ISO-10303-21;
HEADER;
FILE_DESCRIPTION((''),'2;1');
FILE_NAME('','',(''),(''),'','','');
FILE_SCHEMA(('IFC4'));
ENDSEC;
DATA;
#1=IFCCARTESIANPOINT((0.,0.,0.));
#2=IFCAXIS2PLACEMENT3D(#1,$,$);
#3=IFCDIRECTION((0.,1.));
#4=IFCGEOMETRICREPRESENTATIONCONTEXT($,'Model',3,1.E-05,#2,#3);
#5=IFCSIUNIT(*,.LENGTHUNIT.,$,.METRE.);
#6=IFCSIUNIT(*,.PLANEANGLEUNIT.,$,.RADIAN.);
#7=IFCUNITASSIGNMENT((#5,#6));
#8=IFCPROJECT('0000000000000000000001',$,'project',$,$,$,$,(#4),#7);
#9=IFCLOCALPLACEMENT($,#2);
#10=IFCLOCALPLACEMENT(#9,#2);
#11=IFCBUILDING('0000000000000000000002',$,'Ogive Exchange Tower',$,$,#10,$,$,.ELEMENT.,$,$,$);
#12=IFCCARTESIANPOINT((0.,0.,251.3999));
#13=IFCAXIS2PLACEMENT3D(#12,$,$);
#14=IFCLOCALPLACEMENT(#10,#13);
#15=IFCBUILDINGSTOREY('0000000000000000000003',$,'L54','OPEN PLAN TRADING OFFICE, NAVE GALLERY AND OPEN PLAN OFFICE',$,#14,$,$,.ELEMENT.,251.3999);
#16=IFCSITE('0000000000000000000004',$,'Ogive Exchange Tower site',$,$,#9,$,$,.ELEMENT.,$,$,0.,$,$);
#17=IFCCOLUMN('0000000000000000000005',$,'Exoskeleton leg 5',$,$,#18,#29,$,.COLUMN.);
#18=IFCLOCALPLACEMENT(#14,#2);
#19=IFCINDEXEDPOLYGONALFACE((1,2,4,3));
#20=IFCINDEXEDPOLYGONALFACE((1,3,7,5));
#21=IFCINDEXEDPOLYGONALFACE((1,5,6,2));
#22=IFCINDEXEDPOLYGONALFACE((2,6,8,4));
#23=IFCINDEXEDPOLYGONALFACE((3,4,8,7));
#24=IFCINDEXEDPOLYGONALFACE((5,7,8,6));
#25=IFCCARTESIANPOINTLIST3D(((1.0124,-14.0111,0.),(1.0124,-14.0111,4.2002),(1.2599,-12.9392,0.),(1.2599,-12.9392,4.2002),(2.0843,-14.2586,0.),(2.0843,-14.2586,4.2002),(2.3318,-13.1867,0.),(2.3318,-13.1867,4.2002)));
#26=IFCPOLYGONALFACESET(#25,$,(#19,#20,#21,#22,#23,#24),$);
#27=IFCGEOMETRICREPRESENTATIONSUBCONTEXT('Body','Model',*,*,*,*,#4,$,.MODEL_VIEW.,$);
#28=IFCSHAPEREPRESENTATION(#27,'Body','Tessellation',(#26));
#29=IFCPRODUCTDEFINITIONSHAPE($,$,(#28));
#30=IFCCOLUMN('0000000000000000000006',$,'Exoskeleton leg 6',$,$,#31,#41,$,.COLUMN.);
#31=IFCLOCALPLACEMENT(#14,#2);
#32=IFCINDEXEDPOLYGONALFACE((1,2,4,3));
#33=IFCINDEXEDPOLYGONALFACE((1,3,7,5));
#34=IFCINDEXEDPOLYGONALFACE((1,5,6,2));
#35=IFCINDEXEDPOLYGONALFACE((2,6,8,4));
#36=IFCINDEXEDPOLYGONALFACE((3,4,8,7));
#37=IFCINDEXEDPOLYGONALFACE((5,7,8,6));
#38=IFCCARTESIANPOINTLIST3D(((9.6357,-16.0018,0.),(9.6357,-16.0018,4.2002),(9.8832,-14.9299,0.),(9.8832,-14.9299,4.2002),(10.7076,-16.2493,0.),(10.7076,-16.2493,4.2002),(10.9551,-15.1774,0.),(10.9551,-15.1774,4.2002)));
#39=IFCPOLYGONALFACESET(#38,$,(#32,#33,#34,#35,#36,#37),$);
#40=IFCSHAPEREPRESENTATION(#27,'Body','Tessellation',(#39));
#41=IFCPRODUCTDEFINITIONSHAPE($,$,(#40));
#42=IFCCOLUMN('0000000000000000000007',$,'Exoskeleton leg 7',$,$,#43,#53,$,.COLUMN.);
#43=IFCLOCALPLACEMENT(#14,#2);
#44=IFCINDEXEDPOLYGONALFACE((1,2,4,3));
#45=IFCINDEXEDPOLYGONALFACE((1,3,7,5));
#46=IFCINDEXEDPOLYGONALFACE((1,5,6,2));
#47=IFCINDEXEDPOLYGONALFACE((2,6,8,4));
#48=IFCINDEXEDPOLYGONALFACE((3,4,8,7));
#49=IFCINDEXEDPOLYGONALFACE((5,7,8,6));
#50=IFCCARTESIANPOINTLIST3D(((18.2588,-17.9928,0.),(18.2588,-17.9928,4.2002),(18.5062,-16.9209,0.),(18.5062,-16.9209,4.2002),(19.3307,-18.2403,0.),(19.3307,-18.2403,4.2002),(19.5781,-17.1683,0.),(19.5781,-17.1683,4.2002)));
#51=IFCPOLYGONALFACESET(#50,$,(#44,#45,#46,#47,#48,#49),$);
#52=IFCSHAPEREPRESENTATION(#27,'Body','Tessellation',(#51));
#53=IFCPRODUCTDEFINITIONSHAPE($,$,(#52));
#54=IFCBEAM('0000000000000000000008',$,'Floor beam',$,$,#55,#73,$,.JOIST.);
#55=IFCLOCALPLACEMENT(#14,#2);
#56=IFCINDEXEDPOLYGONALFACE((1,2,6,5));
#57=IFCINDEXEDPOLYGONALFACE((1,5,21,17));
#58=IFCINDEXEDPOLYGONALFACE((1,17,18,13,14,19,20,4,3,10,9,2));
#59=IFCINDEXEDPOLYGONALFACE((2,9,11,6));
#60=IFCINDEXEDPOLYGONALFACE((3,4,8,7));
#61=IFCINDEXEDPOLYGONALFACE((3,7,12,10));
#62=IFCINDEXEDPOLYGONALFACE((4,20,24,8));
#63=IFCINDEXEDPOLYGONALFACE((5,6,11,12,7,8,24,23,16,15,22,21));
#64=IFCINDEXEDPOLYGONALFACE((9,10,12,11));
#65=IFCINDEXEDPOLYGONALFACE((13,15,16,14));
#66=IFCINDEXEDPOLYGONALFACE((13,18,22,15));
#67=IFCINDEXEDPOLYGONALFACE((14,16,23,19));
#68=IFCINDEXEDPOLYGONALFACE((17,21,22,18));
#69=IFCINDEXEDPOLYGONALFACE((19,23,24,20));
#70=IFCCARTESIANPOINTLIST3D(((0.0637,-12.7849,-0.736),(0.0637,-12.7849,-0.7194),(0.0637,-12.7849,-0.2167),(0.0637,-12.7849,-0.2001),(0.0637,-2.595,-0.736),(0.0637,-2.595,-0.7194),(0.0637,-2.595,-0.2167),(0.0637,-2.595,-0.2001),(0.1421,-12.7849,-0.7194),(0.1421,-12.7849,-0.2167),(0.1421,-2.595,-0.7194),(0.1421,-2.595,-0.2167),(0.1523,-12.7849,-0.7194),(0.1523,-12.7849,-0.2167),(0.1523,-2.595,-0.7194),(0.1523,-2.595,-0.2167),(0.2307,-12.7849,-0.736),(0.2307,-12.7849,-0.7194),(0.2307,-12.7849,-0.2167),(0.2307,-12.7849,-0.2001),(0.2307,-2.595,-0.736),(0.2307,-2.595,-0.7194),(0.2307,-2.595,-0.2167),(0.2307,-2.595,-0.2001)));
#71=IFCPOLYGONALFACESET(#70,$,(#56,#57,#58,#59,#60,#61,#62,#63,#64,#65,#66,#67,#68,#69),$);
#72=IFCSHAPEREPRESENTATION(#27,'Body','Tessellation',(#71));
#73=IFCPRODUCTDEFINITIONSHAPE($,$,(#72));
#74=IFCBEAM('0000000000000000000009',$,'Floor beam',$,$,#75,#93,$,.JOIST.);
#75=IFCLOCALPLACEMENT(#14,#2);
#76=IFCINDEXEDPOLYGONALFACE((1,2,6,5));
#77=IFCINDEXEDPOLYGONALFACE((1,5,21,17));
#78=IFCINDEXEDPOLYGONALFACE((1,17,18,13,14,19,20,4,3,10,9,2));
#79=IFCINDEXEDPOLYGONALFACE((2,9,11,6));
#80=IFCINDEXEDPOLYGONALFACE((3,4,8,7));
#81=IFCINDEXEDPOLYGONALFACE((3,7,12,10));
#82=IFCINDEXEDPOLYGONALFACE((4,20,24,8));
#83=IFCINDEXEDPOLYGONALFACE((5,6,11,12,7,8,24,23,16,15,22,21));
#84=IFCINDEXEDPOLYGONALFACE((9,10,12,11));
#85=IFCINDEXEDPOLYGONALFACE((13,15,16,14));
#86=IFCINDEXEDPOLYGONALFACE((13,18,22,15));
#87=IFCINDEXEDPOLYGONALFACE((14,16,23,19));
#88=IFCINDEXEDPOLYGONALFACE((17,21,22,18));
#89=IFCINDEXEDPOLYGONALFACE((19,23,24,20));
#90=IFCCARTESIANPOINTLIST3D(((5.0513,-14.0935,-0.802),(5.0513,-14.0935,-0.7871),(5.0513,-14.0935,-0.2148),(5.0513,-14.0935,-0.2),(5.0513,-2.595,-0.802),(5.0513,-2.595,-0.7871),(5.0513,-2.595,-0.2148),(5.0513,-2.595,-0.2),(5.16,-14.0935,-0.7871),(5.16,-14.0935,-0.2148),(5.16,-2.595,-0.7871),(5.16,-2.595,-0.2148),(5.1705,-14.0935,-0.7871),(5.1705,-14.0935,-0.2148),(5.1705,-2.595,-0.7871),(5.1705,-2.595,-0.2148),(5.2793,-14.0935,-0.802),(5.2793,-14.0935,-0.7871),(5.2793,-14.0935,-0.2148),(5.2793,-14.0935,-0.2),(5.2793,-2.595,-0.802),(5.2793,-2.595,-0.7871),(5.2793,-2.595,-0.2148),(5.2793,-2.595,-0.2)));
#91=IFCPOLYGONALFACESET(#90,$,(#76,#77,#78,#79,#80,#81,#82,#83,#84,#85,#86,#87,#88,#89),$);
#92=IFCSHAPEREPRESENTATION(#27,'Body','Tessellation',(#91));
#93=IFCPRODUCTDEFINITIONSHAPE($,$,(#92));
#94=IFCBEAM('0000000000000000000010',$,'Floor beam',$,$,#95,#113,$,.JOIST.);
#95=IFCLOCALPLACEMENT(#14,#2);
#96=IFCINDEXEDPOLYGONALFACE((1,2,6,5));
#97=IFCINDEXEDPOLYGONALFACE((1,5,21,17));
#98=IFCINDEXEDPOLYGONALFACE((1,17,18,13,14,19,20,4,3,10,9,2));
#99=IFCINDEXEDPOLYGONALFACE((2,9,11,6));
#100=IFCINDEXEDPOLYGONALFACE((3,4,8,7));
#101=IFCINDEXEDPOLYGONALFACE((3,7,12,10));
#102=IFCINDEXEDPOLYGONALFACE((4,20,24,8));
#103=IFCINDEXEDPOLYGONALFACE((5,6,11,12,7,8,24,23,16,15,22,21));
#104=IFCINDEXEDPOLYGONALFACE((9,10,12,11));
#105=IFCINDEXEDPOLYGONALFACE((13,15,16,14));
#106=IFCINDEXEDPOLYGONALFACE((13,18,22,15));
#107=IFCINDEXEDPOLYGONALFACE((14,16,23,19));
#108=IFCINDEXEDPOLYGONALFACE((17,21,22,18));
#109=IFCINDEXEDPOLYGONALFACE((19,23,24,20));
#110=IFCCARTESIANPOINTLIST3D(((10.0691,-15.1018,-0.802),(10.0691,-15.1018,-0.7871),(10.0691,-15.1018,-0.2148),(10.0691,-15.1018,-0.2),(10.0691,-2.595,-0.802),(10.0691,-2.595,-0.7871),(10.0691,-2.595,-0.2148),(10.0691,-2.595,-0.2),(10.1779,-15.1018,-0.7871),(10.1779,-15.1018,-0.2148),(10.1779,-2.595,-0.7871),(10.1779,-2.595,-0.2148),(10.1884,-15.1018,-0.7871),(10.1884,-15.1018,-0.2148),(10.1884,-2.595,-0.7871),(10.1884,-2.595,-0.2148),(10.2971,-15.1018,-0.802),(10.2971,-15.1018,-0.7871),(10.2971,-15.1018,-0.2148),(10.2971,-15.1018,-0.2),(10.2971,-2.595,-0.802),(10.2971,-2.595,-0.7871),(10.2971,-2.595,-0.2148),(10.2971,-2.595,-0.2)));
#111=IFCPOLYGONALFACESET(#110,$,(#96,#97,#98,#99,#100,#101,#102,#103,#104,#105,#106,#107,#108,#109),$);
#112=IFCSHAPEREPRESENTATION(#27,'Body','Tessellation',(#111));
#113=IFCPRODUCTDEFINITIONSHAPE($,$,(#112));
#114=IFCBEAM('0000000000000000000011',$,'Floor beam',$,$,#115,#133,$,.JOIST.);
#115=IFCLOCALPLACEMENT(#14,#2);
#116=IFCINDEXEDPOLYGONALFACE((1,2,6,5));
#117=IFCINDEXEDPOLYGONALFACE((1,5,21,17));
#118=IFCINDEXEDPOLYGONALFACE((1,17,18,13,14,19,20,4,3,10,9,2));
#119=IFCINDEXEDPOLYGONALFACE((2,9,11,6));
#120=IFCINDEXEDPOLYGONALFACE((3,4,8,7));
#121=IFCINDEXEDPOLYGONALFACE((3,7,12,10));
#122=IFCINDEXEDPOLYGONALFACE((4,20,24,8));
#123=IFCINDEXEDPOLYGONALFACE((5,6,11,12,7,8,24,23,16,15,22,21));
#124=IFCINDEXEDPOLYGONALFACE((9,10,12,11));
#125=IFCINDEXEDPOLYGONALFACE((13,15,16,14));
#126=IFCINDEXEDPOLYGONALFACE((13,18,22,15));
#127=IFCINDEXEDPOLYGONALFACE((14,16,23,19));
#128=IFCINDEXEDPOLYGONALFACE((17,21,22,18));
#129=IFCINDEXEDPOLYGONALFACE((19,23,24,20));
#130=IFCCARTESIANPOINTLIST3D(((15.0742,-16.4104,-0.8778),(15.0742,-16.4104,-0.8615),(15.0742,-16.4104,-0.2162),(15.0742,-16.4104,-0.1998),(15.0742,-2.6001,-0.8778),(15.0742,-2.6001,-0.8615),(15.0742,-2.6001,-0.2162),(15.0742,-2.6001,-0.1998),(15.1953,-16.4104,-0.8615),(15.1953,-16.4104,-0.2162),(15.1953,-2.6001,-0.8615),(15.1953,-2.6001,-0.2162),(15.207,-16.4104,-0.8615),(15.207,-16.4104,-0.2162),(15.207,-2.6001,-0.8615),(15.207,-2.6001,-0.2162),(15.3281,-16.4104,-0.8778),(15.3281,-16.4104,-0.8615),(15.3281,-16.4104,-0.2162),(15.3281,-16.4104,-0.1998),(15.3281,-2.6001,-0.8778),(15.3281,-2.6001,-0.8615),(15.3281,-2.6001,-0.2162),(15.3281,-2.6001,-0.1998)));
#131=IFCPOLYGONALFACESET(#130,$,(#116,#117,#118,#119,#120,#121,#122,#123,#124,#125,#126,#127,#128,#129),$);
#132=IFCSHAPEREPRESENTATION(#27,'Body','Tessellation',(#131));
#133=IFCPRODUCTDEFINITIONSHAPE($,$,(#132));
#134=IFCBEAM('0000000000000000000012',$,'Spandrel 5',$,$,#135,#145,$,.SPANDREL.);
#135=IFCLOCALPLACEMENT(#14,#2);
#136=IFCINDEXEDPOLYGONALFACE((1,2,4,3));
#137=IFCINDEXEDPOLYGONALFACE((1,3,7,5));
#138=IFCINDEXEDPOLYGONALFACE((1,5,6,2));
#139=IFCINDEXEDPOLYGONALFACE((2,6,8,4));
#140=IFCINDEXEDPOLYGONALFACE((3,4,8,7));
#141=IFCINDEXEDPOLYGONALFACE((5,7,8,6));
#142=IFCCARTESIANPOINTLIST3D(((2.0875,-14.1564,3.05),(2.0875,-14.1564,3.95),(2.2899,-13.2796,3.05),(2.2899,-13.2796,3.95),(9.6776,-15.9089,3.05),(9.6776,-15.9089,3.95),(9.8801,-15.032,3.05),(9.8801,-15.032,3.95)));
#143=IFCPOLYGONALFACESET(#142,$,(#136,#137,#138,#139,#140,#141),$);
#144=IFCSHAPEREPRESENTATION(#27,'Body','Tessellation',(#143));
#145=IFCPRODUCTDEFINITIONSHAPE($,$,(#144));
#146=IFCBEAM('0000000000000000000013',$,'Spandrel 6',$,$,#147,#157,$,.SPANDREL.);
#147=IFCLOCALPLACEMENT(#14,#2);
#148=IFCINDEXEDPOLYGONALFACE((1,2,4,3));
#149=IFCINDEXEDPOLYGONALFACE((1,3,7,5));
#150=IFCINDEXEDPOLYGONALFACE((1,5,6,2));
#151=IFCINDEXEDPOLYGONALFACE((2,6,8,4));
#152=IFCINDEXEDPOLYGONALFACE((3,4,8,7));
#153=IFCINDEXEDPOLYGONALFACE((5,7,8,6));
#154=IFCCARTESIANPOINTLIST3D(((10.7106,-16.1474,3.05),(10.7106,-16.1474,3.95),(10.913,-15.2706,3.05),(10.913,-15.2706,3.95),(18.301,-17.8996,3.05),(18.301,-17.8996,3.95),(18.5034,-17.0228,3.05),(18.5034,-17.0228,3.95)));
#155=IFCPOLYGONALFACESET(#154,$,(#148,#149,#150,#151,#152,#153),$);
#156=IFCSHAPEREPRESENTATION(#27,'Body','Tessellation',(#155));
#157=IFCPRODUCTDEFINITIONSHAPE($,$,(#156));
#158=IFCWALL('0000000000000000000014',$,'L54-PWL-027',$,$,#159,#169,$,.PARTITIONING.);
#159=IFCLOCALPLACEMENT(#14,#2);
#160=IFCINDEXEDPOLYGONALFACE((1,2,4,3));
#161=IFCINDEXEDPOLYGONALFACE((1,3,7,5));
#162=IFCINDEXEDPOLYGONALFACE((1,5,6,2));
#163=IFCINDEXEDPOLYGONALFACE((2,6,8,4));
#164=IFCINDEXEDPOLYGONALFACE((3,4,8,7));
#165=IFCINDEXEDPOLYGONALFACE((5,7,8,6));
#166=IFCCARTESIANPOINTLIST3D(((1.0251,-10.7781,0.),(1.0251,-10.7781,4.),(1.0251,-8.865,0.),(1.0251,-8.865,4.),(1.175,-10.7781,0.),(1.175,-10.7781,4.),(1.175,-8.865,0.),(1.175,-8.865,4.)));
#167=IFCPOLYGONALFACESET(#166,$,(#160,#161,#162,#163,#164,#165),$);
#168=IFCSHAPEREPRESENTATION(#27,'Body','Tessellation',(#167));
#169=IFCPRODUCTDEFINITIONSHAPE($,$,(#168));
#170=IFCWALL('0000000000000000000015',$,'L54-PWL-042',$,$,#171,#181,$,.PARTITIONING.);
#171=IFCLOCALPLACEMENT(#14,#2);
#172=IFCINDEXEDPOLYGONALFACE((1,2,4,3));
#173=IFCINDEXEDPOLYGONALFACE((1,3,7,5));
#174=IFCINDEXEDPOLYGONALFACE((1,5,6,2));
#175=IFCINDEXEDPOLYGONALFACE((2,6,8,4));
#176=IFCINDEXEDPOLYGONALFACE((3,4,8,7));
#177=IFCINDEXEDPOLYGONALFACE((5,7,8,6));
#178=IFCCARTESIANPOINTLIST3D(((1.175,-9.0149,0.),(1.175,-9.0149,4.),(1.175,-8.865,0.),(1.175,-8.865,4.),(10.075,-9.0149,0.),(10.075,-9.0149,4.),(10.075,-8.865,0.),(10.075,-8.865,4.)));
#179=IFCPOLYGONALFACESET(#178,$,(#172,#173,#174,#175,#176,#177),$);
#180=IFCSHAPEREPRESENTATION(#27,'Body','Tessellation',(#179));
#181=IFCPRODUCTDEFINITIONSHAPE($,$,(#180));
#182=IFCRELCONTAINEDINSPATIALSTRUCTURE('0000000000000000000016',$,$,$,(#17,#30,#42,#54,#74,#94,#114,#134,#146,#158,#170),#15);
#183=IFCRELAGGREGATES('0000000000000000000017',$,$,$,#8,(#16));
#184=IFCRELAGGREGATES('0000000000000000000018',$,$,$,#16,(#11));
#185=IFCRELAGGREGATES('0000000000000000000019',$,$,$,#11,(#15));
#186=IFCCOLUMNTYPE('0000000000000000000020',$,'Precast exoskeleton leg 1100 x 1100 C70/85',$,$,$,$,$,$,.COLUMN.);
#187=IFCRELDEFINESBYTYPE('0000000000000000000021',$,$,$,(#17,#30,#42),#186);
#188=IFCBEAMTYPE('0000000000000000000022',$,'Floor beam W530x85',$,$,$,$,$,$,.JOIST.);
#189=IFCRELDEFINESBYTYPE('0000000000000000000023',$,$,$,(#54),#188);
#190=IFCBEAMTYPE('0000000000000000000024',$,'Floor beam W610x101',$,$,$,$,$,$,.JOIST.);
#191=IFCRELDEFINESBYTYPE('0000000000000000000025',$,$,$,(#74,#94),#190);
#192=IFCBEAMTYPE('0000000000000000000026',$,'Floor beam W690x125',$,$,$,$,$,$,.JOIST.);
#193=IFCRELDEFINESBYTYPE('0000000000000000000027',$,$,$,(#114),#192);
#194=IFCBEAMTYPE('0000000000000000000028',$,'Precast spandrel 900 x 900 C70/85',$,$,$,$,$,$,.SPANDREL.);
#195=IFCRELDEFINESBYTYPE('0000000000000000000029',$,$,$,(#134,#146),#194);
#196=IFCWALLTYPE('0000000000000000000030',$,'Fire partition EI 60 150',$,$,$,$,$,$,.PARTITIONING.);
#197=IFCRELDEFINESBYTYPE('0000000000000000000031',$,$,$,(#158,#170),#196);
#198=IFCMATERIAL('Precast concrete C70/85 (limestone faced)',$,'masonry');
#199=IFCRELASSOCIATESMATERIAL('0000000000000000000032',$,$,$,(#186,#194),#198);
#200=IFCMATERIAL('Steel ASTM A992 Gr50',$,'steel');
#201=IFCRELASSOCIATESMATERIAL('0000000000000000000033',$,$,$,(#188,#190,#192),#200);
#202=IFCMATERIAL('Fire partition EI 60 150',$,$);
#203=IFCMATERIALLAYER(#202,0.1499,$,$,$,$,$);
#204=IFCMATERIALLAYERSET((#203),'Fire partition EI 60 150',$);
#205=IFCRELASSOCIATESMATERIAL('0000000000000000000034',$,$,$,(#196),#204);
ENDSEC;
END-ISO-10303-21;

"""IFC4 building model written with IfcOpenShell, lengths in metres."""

from ifc_helpers import new_model, si_unit, direction, frame, frame_2d, origin, origin_2d, place, context, subcontext, project, spatial, rectangle, i_section, extrude, material, layer, layer_set, material_profile, profile_set, type_object, element, save


model = new_model("IFC4")

# Units and contexts
model_context = context("Model", 3, precision=1e-05, world=origin(), true_north=direction((0.0, 1.0)))
body_context = subcontext(model_context, "Body", "Model", "MODEL_VIEW")
ifc_project = project(units=[si_unit("LENGTHUNIT", "METRE"), si_unit("PLANEANGLEUNIT", "RADIAN")], contexts=[model_context])

# Site, building, storey
site_placement = place(None, origin())
site = spatial("IfcSite", under=ifc_project, at=site_placement, Name="Ogive Exchange Tower site", CompositionType="ELEMENT", RefElevation=0.0)
building_placement = place(site_placement, origin())
building = spatial("IfcBuilding", under=site, at=building_placement, Name="Ogive Exchange Tower", CompositionType="ELEMENT")
storey_placement = place(building_placement, frame((0.0, 0.0, 251.3999)))
storey = spatial("IfcBuildingStorey", under=building, at=storey_placement, Name="L54", Description="OPEN PLAN TRADING OFFICE, NAVE GALLERY AND OPEN PLAN OFFICE", CompositionType="ELEMENT", Elevation=251.3999)

# Columns
ifc_material_1 = material(Name="Precast concrete C70/85 (limestone faced)", Category="masonry")
ifc_material_profile_1 = material_profile(ifc_material_1, rectangle(XDim=1.1001, YDim=1.1001, at=origin_2d()), Name="1100 x 1100")
ifc_profile_set_1 = profile_set([ifc_material_profile_1], Name="Precast concrete C70/85 (limestone faced)")
column_type = type_object("IfcColumnType", Name="Precast exoskeleton leg 1100 x 1100 C70/85", PredefinedType="COLUMN", material=ifc_profile_set_1)
for number, where, z_axis, x_axis, name in (
    (1, (1.6721, -13.5989, 0.0), (0.0, 0.0, 1.0), (0.97437, -0.224951, 0.0), "Exoskeleton leg 5"),
    (2, (10.2954, -15.5896, 0.0), (0.0, 0.0, 1.0), (0.97437, -0.224951, 0.0), "Exoskeleton leg 6"),
    (3, (18.9185, -17.5806, 0.0), (0.0, 0.0, 1.0), (0.97437, -0.224951, 0.0), "Exoskeleton leg 7"),
):
    element("IfcColumn", number, at=place(storey_placement, frame(where, z_axis=z_axis, x_axis=x_axis)), inside=storey, type_object=column_type, Name=name, PredefinedType="COLUMN", context=body_context, shape_type="SweptSolid", body=[
        extrude(rectangle(XDim=1.1001, YDim=1.1001, at=origin_2d()), origin(), (0.0, 0.0, 1.0), 4.2002),
    ])

# Beams
ifc_material_2 = material(Name="Steel ASTM A992 Gr50", Category="steel")
ifc_material_profile_2 = material_profile(ifc_material_2, i_section(OverallWidth=0.167, OverallDepth=0.5359, WebThickness=0.0103, FlangeThickness=0.0166, at=origin_2d()), Name="W530x85")
ifc_profile_set_2 = profile_set([ifc_material_profile_2], Name="Steel ASTM A992 Gr50")
beam_type_1 = type_object("IfcBeamType", Name="Floor beam W530x85", PredefinedType="JOIST", material=ifc_profile_set_2)
beam_1_placement = place(storey_placement, frame((0.1472, -12.7849, -0.468), z_axis=(0.0, 1.0, 0.0), x_axis=(-1.0, 0.0, 0.0)))
element("IfcBeam", 4, at=beam_1_placement, inside=storey, type_object=beam_type_1, Name="Floor beam", PredefinedType="JOIST", context=body_context, shape_type="SweptSolid", body=[
    extrude(i_section(OverallWidth=0.167, OverallDepth=0.5359, WebThickness=0.0103, FlangeThickness=0.0166, at=origin_2d()), origin(), (0.0, 0.0, 1.0), 10.1899),
])
ifc_material_profile_3 = material_profile(ifc_material_2, i_section(OverallWidth=0.228, OverallDepth=0.6021, WebThickness=0.0105, FlangeThickness=0.0149, at=origin_2d()), Name="W610x101")
ifc_profile_set_3 = profile_set([ifc_material_profile_3], Name="Steel ASTM A992 Gr50")
beam_type_2 = type_object("IfcBeamType", Name="Floor beam W610x101", PredefinedType="JOIST", material=ifc_profile_set_3)
beam_2_placement = place(storey_placement, frame((5.1653, -14.0935, -0.501), z_axis=(0.0, 1.0, 0.0), x_axis=(-1.0, 0.0, 0.0)))
element("IfcBeam", 5, at=beam_2_placement, inside=storey, type_object=beam_type_2, Name="Floor beam", PredefinedType="JOIST", context=body_context, shape_type="SweptSolid", body=[
    extrude(i_section(OverallWidth=0.228, OverallDepth=0.6021, WebThickness=0.0105, FlangeThickness=0.0149, at=origin_2d()), origin(), (0.0, 0.0, 1.0), 11.4985),
])
beam_3_placement = place(storey_placement, frame((10.1831, -15.1018, -0.501), z_axis=(0.0, 1.0, 0.0), x_axis=(-1.0, 0.0, 0.0)))
element("IfcBeam", 6, at=beam_3_placement, inside=storey, type_object=beam_type_2, Name="Floor beam", PredefinedType="JOIST", context=body_context, shape_type="SweptSolid", body=[
    extrude(i_section(OverallWidth=0.228, OverallDepth=0.6021, WebThickness=0.0105, FlangeThickness=0.0149, at=origin_2d()), origin(), (0.0, 0.0, 1.0), 12.5068),
])
ifc_material_profile_4 = material_profile(ifc_material_2, i_section(OverallWidth=0.2539, OverallDepth=0.678, WebThickness=0.0117, FlangeThickness=0.0164, at=origin_2d()), Name="W690x125")
ifc_profile_set_4 = profile_set([ifc_material_profile_4], Name="Steel ASTM A992 Gr50")
beam_type_3 = type_object("IfcBeamType", Name="Floor beam W690x125", PredefinedType="JOIST", material=ifc_profile_set_4)
beam_4_placement = place(storey_placement, frame((15.2012, -16.4104, -0.5388), z_axis=(0.0, 1.0, 0.0), x_axis=(-1.0, 0.0, 0.0)))
element("IfcBeam", 7, at=beam_4_placement, inside=storey, type_object=beam_type_3, Name="Floor beam", PredefinedType="JOIST", context=body_context, shape_type="SweptSolid", body=[
    extrude(i_section(OverallWidth=0.2539, OverallDepth=0.678, WebThickness=0.0117, FlangeThickness=0.0164, at=origin_2d()), origin(), (0.0, 0.0, 1.0), 13.8103),
])
ifc_material_profile_5 = material_profile(ifc_material_1, rectangle(XDim=0.8999, YDim=0.8999, at=origin_2d()), Name="900 x 900")
ifc_profile_set_5 = profile_set([ifc_material_profile_5], Name="Precast concrete C70/85 (limestone faced)")
beam_type_4 = type_object("IfcBeamType", Name="Precast spandrel 900 x 900 C70/85", PredefinedType="SPANDREL", material=ifc_profile_set_5)
beam_5_placement = place(storey_placement, frame((2.1887, -13.718, 3.5), z_axis=(0.974366, -0.224967, 0.0), x_axis=(0.224967, 0.974366, 0.0)))
element("IfcBeam", 8, at=beam_5_placement, inside=storey, type_object=beam_type_4, Name="Spandrel 5", PredefinedType="SPANDREL", context=body_context, shape_type="SweptSolid", body=[
    extrude(rectangle(XDim=0.8999, YDim=0.8999, at=origin_2d()), origin(), (0.0, 0.0, 1.0), 7.7898),
])
beam_6_placement = place(storey_placement, frame((10.8118, -15.709, 3.5), z_axis=(0.974375, -0.22493, 0.0), x_axis=(0.22493, 0.974375, 0.0)))
element("IfcBeam", 9, at=beam_6_placement, inside=storey, type_object=beam_type_4, Name="Spandrel 6", PredefinedType="SPANDREL", context=body_context, shape_type="SweptSolid", body=[
    extrude(rectangle(XDim=0.8999, YDim=0.8999, at=origin_2d()), origin(), (0.0, 0.0, 1.0), 7.79),
])

# Walls
ifc_material_3 = material(Name="Fire partition EI 60 150")
ifc_layer_1 = layer(ifc_material_3, 0.1499)
ifc_layer_set_1 = layer_set([ifc_layer_1], Name="Fire partition EI 60 150")
wall_type_1 = type_object("IfcWallType", Name="Fire partition EI 60 150", PredefinedType="PARTITIONING", material=ifc_layer_set_1)
wall_1_placement = place(storey_placement, frame((1.1001, -8.865, 0.0), z_axis=(0.0, 0.0, 1.0), x_axis=(0.0, -1.0, 0.0)))
element("IfcWall", 10, at=wall_1_placement, inside=storey, type_object=wall_type_1, Name="L54-PWL-027", PredefinedType="PARTITIONING", context=body_context, shape_type="SweptSolid", body=[
    extrude(rectangle(XDim=1.9131, YDim=0.1499, at=frame_2d((0.9565, 0.0))), origin(), (0.0, 0.0, 1.0), 4.0),
])
wall_2_placement = place(storey_placement, frame((10.075, -8.9399, 0.0), z_axis=(0.0, 0.0, 1.0), x_axis=(-1.0, 0.0, 0.0)))
element("IfcWall", 11, at=wall_2_placement, inside=storey, type_object=wall_type_1, Name="L54-PWL-042", PredefinedType="PARTITIONING", context=body_context, shape_type="SweptSolid", body=[
    extrude(rectangle(XDim=8.8999, YDim=0.1499, at=frame_2d((4.45, 0.0))), origin(), (0.0, 0.0, 1.0), 4.0),
])

save(model, "model.ifc")
